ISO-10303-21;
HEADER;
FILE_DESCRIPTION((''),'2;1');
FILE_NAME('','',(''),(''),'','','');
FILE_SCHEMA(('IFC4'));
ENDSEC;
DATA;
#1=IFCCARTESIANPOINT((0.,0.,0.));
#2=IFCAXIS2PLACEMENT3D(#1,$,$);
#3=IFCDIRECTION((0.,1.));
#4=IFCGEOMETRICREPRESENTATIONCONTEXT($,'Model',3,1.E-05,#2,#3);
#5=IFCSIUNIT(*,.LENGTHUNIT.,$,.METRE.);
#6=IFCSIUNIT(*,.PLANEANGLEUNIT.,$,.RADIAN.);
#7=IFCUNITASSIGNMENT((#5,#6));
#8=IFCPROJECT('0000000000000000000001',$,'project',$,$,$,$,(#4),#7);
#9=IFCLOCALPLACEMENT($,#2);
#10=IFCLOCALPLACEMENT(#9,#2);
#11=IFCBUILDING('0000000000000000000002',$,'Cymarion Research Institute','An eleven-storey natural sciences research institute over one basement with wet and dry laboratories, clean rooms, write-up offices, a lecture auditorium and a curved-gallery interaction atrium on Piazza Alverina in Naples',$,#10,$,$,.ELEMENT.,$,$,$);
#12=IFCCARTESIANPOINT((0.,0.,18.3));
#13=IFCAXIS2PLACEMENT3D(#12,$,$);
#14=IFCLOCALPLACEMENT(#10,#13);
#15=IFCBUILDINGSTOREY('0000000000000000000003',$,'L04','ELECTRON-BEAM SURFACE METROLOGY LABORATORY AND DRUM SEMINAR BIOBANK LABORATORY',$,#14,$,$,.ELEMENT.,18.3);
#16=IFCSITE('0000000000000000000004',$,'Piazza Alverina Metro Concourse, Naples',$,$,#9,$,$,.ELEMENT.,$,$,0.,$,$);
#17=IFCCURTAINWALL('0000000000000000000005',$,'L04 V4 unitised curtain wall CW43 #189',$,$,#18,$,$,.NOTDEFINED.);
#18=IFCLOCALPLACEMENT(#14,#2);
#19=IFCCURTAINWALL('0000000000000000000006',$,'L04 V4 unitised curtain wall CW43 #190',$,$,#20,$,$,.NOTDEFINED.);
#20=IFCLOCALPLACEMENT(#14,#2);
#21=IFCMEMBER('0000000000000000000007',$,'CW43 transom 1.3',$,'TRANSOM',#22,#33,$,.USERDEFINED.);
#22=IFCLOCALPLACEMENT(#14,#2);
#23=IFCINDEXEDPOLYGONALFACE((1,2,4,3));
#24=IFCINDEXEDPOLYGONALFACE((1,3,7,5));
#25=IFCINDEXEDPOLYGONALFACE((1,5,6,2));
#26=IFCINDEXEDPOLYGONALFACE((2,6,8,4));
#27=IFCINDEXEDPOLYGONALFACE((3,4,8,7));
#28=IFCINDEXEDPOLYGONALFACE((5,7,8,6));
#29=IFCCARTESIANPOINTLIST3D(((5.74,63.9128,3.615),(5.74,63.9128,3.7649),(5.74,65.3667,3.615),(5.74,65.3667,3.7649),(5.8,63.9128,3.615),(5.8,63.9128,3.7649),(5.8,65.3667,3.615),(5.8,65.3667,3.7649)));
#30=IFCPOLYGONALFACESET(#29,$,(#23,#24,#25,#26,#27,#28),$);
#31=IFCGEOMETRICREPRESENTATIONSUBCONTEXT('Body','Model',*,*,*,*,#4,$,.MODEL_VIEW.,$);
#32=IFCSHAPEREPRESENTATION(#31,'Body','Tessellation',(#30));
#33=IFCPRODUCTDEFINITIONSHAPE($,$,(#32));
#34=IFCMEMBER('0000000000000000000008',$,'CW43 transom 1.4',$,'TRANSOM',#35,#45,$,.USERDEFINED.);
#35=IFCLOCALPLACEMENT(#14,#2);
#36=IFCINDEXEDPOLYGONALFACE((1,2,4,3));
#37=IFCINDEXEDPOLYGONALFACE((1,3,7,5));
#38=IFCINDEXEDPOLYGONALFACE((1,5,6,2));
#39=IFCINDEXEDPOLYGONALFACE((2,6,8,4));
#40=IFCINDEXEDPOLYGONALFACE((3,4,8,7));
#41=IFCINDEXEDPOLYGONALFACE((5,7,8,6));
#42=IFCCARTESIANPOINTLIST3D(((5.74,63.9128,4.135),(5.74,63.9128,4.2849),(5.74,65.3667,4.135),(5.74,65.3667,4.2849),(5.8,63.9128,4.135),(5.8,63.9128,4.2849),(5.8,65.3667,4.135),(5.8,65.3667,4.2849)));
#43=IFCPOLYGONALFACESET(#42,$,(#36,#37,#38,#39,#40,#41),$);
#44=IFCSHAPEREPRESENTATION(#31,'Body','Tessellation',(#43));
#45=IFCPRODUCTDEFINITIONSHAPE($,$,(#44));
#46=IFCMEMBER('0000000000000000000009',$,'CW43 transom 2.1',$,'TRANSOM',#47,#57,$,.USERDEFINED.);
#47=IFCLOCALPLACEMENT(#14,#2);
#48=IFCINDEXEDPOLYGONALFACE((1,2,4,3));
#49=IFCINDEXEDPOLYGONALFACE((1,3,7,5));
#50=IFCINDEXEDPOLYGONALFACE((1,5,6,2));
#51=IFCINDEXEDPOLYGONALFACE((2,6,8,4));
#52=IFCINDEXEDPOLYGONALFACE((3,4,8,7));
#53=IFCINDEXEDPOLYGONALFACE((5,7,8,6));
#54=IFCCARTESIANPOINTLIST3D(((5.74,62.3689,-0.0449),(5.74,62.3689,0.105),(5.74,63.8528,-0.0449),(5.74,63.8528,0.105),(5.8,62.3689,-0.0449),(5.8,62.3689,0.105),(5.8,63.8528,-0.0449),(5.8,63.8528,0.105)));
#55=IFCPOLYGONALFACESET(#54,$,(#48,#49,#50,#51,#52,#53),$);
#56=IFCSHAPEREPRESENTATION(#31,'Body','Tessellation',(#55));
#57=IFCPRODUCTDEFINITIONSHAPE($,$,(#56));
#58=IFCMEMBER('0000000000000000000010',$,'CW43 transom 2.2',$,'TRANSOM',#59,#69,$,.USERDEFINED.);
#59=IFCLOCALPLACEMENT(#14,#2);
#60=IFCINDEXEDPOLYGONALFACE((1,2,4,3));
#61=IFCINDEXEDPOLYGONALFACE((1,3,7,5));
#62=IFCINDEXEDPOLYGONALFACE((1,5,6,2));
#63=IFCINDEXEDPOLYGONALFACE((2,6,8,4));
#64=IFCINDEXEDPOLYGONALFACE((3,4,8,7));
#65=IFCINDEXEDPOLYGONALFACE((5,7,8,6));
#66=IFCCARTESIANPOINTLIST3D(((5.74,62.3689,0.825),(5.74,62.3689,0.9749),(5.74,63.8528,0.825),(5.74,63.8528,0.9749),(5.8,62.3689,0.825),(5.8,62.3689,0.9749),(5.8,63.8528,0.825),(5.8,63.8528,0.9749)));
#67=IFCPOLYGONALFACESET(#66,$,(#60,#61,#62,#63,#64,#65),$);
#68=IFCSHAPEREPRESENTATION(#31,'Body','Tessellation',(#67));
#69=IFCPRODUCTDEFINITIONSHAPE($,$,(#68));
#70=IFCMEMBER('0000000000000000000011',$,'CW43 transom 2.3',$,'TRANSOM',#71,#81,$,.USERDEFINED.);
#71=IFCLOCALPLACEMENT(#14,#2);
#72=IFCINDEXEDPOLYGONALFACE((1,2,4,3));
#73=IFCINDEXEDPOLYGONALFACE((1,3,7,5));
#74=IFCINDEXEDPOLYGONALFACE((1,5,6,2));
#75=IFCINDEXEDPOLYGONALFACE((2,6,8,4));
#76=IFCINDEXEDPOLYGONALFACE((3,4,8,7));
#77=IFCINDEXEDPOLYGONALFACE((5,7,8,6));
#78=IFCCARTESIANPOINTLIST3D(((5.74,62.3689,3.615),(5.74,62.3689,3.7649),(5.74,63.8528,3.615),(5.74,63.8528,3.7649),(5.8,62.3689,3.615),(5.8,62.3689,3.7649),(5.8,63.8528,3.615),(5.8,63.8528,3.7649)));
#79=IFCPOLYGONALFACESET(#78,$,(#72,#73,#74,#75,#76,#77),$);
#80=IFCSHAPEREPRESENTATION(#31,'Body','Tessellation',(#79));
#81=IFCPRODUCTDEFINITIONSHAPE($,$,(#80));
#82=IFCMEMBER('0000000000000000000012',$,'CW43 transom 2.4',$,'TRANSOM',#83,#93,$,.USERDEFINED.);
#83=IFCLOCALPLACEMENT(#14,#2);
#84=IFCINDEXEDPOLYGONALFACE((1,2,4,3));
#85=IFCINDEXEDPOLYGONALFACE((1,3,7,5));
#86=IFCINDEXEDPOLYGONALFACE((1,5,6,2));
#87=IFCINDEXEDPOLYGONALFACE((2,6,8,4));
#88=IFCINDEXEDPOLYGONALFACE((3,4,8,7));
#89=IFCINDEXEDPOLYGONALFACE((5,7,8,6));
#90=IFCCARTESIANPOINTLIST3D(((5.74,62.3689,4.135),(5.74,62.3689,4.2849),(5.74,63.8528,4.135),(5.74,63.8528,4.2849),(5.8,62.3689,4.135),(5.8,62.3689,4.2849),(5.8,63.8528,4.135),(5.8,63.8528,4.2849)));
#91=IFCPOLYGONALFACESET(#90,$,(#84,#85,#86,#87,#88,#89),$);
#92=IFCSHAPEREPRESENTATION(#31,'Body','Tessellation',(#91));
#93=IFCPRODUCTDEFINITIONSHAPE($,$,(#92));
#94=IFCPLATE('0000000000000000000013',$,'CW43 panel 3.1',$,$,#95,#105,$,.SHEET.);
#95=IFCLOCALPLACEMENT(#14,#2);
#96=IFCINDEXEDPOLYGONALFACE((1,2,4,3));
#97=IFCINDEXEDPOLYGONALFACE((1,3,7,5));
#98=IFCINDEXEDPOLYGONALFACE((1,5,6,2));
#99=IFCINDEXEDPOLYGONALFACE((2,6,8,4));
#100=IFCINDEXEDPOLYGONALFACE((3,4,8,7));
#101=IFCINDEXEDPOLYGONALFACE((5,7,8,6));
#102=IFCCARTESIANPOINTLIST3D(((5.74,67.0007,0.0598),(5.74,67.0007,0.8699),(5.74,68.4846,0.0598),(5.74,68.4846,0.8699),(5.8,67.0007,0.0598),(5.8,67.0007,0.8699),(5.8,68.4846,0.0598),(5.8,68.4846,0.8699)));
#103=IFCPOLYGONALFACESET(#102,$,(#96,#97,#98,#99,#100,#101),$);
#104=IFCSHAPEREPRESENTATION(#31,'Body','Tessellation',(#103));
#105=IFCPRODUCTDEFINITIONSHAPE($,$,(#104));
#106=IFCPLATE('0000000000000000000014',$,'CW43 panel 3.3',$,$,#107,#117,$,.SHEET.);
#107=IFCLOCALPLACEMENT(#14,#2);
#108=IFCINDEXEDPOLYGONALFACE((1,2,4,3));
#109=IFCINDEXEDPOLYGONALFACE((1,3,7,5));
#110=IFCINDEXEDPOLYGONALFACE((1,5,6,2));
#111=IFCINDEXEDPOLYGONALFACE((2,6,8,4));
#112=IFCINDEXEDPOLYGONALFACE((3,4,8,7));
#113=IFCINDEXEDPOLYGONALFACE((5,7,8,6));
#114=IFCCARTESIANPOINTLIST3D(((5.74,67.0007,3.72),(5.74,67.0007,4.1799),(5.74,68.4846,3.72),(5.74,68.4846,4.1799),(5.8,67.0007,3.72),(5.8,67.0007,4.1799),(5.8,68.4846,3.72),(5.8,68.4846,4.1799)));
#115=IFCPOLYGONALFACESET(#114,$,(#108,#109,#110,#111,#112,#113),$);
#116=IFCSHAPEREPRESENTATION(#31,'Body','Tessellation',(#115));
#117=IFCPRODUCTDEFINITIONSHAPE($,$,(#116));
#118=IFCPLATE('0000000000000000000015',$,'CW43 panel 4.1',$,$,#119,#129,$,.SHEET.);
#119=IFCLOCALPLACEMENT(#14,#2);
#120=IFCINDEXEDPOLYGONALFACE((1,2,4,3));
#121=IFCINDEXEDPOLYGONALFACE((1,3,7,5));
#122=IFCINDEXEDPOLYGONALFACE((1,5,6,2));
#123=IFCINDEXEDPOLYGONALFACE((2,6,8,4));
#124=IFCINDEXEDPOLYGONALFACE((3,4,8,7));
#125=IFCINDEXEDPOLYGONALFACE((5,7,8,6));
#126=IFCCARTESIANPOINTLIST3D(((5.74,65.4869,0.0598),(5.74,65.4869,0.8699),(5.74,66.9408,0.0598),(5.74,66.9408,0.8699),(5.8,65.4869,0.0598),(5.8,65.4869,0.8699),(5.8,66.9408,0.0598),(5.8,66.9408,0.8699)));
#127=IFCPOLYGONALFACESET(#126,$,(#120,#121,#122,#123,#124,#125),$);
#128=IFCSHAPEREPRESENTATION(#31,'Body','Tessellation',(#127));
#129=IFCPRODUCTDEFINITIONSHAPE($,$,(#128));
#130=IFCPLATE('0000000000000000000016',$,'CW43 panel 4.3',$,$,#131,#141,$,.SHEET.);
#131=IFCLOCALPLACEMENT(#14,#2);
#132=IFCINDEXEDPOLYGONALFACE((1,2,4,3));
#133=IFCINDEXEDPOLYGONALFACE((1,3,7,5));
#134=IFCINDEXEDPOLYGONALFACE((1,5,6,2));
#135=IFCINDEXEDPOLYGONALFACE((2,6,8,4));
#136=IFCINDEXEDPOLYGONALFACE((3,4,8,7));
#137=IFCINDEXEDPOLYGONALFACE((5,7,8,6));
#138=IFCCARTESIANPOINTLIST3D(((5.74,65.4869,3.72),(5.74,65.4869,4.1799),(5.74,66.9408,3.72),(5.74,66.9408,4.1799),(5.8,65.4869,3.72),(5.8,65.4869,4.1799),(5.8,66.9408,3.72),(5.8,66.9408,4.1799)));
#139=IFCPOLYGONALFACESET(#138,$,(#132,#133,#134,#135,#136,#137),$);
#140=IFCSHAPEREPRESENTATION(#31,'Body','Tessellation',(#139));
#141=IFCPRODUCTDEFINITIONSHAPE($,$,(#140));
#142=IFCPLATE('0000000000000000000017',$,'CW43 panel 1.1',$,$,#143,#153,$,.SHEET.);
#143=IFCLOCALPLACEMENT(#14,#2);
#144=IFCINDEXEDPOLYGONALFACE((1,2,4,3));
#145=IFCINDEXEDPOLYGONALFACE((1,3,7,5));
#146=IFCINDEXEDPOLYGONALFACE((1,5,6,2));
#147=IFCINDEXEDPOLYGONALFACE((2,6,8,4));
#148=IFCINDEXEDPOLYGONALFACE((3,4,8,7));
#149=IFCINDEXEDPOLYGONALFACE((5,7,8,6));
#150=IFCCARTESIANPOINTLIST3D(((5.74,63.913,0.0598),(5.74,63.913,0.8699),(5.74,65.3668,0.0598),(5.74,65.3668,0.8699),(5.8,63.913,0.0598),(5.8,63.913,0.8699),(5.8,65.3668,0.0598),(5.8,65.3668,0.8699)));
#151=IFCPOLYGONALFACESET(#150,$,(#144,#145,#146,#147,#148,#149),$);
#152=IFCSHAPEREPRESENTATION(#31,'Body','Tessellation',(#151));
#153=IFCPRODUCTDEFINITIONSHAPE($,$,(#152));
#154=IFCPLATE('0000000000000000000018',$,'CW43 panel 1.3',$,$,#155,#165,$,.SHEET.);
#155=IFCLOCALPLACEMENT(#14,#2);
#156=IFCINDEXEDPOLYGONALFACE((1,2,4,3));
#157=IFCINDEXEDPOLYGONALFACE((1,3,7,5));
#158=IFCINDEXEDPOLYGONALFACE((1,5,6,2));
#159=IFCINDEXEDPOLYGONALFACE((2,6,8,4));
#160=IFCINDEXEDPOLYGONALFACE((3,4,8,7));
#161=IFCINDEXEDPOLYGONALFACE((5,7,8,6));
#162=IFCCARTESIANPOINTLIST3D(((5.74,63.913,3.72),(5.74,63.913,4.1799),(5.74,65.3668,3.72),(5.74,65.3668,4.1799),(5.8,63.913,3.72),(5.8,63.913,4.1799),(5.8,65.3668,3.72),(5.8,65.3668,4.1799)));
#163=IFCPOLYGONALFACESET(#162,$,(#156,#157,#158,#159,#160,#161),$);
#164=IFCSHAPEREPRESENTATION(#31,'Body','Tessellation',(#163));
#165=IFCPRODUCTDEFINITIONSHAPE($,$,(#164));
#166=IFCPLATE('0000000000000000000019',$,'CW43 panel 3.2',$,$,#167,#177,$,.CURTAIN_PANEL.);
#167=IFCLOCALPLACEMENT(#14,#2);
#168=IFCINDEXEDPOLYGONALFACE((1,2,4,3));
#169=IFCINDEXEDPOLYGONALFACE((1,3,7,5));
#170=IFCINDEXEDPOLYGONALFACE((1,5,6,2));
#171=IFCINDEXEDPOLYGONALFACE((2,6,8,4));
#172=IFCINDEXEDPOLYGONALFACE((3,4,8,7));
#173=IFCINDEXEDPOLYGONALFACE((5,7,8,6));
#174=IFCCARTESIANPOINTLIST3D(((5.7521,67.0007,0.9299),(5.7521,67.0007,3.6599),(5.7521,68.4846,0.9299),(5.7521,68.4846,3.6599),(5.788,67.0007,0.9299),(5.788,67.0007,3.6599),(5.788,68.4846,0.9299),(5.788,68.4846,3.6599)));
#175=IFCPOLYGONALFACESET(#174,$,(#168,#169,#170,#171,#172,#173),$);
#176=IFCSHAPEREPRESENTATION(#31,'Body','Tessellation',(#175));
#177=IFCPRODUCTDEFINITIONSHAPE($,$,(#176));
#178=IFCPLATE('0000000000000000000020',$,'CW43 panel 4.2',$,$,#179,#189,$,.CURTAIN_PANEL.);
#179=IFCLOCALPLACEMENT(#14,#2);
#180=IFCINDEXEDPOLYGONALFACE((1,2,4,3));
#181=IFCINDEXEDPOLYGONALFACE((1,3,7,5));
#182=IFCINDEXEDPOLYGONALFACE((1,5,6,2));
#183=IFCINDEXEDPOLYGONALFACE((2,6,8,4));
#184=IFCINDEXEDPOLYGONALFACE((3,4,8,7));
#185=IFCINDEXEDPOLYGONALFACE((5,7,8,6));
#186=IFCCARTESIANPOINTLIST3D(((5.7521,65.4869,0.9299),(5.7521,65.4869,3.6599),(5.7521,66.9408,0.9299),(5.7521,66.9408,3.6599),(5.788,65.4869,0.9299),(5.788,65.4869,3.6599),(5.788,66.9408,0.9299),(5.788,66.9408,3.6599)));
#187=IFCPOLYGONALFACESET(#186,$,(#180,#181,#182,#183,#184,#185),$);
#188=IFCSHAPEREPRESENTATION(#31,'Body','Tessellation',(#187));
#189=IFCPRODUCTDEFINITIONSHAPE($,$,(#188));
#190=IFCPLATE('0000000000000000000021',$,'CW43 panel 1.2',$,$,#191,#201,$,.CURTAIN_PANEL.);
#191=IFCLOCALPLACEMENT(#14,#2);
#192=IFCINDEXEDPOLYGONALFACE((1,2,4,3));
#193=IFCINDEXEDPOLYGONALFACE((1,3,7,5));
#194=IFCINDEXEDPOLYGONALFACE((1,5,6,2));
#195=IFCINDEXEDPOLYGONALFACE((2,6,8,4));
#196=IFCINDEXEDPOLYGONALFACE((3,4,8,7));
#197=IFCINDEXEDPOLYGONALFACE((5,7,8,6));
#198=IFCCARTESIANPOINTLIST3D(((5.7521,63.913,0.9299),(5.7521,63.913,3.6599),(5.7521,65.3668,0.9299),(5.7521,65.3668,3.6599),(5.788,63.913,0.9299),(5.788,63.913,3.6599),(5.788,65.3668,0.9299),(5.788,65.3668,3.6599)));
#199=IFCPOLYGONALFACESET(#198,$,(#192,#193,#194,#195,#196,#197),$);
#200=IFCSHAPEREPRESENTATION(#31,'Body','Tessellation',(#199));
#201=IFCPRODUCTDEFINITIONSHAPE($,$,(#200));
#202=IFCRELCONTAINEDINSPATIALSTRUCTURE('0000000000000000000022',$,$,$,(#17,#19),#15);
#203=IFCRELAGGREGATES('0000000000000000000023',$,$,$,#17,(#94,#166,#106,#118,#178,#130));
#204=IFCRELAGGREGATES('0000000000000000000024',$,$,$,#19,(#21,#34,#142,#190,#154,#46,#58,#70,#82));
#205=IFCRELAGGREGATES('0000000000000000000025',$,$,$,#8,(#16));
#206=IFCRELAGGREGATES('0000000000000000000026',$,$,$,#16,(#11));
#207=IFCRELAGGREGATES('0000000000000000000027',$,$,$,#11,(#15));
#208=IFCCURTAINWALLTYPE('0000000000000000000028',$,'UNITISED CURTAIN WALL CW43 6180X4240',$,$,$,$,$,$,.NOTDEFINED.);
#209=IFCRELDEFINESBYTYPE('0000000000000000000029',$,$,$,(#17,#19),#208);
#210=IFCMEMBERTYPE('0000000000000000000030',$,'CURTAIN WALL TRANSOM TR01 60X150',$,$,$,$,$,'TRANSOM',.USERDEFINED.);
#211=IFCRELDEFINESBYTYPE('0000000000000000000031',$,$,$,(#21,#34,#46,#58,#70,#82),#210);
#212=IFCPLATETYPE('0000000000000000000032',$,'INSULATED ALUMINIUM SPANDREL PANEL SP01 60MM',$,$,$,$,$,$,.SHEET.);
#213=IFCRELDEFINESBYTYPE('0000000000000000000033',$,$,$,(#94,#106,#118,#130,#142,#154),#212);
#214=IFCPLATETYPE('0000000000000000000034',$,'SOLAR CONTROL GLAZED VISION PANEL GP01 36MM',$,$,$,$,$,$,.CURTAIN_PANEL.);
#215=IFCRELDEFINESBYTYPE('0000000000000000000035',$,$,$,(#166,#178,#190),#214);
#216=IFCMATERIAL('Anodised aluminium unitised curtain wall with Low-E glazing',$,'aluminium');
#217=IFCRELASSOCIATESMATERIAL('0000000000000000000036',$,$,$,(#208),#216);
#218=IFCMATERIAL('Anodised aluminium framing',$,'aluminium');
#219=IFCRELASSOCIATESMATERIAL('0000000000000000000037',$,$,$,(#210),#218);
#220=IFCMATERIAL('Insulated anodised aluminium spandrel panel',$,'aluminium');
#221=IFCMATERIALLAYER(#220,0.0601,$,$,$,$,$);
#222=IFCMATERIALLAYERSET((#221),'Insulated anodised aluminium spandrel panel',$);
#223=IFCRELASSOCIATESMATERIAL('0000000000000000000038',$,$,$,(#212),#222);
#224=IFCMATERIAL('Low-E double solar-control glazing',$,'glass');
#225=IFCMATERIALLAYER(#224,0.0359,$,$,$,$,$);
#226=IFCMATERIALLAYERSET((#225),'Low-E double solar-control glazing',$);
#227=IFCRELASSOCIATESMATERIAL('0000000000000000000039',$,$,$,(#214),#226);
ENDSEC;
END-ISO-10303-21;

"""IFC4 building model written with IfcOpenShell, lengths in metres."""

from ifc_helpers import new_model, si_unit, direction, frame, origin, origin_2d, place, context, subcontext, project, spatial, rectangle, extrude, material, layer, layer_set, material_profile, profile_set, type_object, element, aggregate, save


model = new_model("IFC4")

# Units and contexts
model_context = context("Model", 3, precision=1e-05, world=origin(), true_north=direction((0.0, 1.0)))
body_context = subcontext(model_context, "Body", "Model", "MODEL_VIEW")
ifc_project = project(units=[si_unit("LENGTHUNIT", "METRE"), si_unit("PLANEANGLEUNIT", "RADIAN")], contexts=[model_context])

# Site, building, storey
site_placement = place(None, origin())
site = spatial("IfcSite", under=ifc_project, at=site_placement, Name="Piazza Alverina Metro Concourse, Naples", CompositionType="ELEMENT", RefElevation=0.0)
building_placement = place(site_placement, origin())
building = spatial("IfcBuilding", under=site, at=building_placement, Name="Cymarion Research Institute", Description="An eleven-storey natural sciences research institute over one basement with wet and dry laboratories, clean rooms, write-up offices, a lecture auditorium and a curved-gallery interaction atrium on Piazza Alverina in Naples", CompositionType="ELEMENT")
storey_placement = place(building_placement, frame((0.0, 0.0, 18.3)))
storey = spatial("IfcBuildingStorey", under=building, at=storey_placement, Name="L04", Description="ELECTRON-BEAM SURFACE METROLOGY LABORATORY AND DRUM SEMINAR BIOBANK LABORATORY", CompositionType="ELEMENT", Elevation=18.3)

# Curtain walls
ifc_material_1 = material(Name="Anodised aluminium unitised curtain wall with Low-E glazing", Category="aluminium")
curtain_wall_type = type_object("IfcCurtainWallType", Name="UNITISED CURTAIN WALL CW43 6180X4240", PredefinedType="NOTDEFINED", material=ifc_material_1)
curtain_wall_1_placement = place(storey_placement, origin())
curtain_wall_1 = element("IfcCurtainWall", 1, at=curtain_wall_1_placement, inside=storey, type_object=curtain_wall_type, Name="L04 V4 unitised curtain wall CW43 #189", PredefinedType="NOTDEFINED")
ifc_material_2 = material(Name="Anodised aluminium framing", Category="aluminium")
curtain_wall_2_placement = place(storey_placement, origin())
curtain_wall_2 = element("IfcCurtainWall", 2, at=curtain_wall_2_placement, inside=storey, type_object=curtain_wall_type, Name="L04 V4 unitised curtain wall CW43 #190", PredefinedType="NOTDEFINED")

# Members
ifc_material_profile_1 = material_profile(ifc_material_2, rectangle(XDim=0.0601, YDim=0.1499, at=origin_2d()), Name="ALU TRANSOM 60x150")
ifc_profile_set_1 = profile_set([ifc_material_profile_1], Name="Anodised aluminium framing")
member_type_1 = type_object("IfcMemberType", Name="CURTAIN WALL TRANSOM TR01 60X150", ElementType="TRANSOM", PredefinedType="USERDEFINED", material=ifc_profile_set_1)
member_1_placement = place(storey_placement, frame((5.77, 65.3667, 3.6899), z_axis=(0.0, -1.0, 0.0), x_axis=(1.0, 0.0, 0.0)))
member_1 = element("IfcMember", 3, at=member_1_placement, type_object=member_type_1, Name="CW43 transom 1.3", ObjectType="TRANSOM", PredefinedType="USERDEFINED", context=body_context, shape_type="SweptSolid", body=[
    extrude(rectangle(XDim=0.0601, YDim=0.1499, at=origin_2d()), origin(), (0.0, 0.0, 1.0), 1.4539),
])
member_2_placement = place(storey_placement, frame((5.77, 65.3667, 4.21), z_axis=(0.0, -1.0, 0.0), x_axis=(1.0, 0.0, 0.0)))
member_2 = element("IfcMember", 4, at=member_2_placement, type_object=member_type_1, Name="CW43 transom 1.4", ObjectType="TRANSOM", PredefinedType="USERDEFINED", context=body_context, shape_type="SweptSolid", body=[
    extrude(rectangle(XDim=0.0601, YDim=0.1499, at=origin_2d()), origin(), (0.0, 0.0, 1.0), 1.4539),
])
member_3_placement = place(storey_placement, frame((5.77, 63.8528, 0.03), z_axis=(0.0, -1.0, 0.0), x_axis=(1.0, 0.0, 0.0)))
member_3 = element("IfcMember", 5, at=member_3_placement, type_object=member_type_1, Name="CW43 transom 2.1", ObjectType="TRANSOM", PredefinedType="USERDEFINED", context=body_context, shape_type="SweptSolid", body=[
    extrude(rectangle(XDim=0.0601, YDim=0.1499, at=origin_2d()), origin(), (0.0, 0.0, 1.0), 1.4839),
])
member_4_placement = place(storey_placement, frame((5.77, 63.8528, 0.8999), z_axis=(0.0, -1.0, 0.0), x_axis=(1.0, 0.0, 0.0)))
member_4 = element("IfcMember", 6, at=member_4_placement, type_object=member_type_1, Name="CW43 transom 2.2", ObjectType="TRANSOM", PredefinedType="USERDEFINED", context=body_context, shape_type="SweptSolid", body=[
    extrude(rectangle(XDim=0.0601, YDim=0.1499, at=origin_2d()), origin(), (0.0, 0.0, 1.0), 1.4839),
])
member_5_placement = place(storey_placement, frame((5.77, 63.8528, 3.6899), z_axis=(0.0, -1.0, 0.0), x_axis=(1.0, 0.0, 0.0)))
member_5 = element("IfcMember", 7, at=member_5_placement, type_object=member_type_1, Name="CW43 transom 2.3", ObjectType="TRANSOM", PredefinedType="USERDEFINED", context=body_context, shape_type="SweptSolid", body=[
    extrude(rectangle(XDim=0.0601, YDim=0.1499, at=origin_2d()), origin(), (0.0, 0.0, 1.0), 1.4839),
])
member_6_placement = place(storey_placement, frame((5.77, 63.8528, 4.21), z_axis=(0.0, -1.0, 0.0), x_axis=(1.0, 0.0, 0.0)))
member_6 = element("IfcMember", 8, at=member_6_placement, type_object=member_type_1, Name="CW43 transom 2.4", ObjectType="TRANSOM", PredefinedType="USERDEFINED", context=body_context, shape_type="SweptSolid", body=[
    extrude(rectangle(XDim=0.0601, YDim=0.1499, at=origin_2d()), origin(), (0.0, 0.0, 1.0), 1.4839),
])

# Plates
ifc_material_3 = material(Name="Insulated anodised aluminium spandrel panel", Category="aluminium")
ifc_layer_1 = layer(ifc_material_3, 0.0601)
ifc_layer_set_1 = layer_set([ifc_layer_1], Name="Insulated anodised aluminium spandrel panel")
plate_type_1 = type_object("IfcPlateType", Name="INSULATED ALUMINIUM SPANDREL PANEL SP01 60MM", PredefinedType="SHEET", material=ifc_layer_set_1)
plate_1_placement = place(storey_placement, frame((5.77, 67.7427, 0.0598), z_axis=(0.0, 0.0, 1.0), x_axis=(0.0, -1.0, 0.0)))
plate_1 = element("IfcPlate", 9, at=plate_1_placement, type_object=plate_type_1, Name="CW43 panel 3.1", PredefinedType="SHEET", context=body_context, shape_type="SweptSolid", body=[
    extrude(rectangle(XDim=1.4839, YDim=0.0601, at=origin_2d()), origin(), (0.0, 0.0, 1.0), 0.8101),
])
plate_2_placement = place(storey_placement, frame((5.77, 67.7427, 3.72), z_axis=(0.0, 0.0, 1.0), x_axis=(0.0, -1.0, 0.0)))
plate_2 = element("IfcPlate", 10, at=plate_2_placement, type_object=plate_type_1, Name="CW43 panel 3.3", PredefinedType="SHEET", context=body_context, shape_type="SweptSolid", body=[
    extrude(rectangle(XDim=1.4839, YDim=0.0601, at=origin_2d()), origin(), (0.0, 0.0, 1.0), 0.46),
])
plate_3_placement = place(storey_placement, frame((5.77, 66.2139, 0.0598), z_axis=(0.0, 0.0, 1.0), x_axis=(0.0, -1.0, 0.0)))
plate_3 = element("IfcPlate", 11, at=plate_3_placement, type_object=plate_type_1, Name="CW43 panel 4.1", PredefinedType="SHEET", context=body_context, shape_type="SweptSolid", body=[
    extrude(rectangle(XDim=1.4539, YDim=0.0601, at=origin_2d()), origin(), (0.0, 0.0, 1.0), 0.8101),
])
plate_4_placement = place(storey_placement, frame((5.77, 66.2139, 3.72), z_axis=(0.0, 0.0, 1.0), x_axis=(0.0, -1.0, 0.0)))
plate_4 = element("IfcPlate", 12, at=plate_4_placement, type_object=plate_type_1, Name="CW43 panel 4.3", PredefinedType="SHEET", context=body_context, shape_type="SweptSolid", body=[
    extrude(rectangle(XDim=1.4539, YDim=0.0601, at=origin_2d()), origin(), (0.0, 0.0, 1.0), 0.46),
])
plate_5_placement = place(storey_placement, frame((5.77, 64.6399, 0.0598), z_axis=(0.0, 0.0, 1.0), x_axis=(0.0, -1.0, 0.0)))
plate_5 = element("IfcPlate", 13, at=plate_5_placement, type_object=plate_type_1, Name="CW43 panel 1.1", PredefinedType="SHEET", context=body_context, shape_type="SweptSolid", body=[
    extrude(rectangle(XDim=1.4539, YDim=0.0601, at=origin_2d()), origin(), (0.0, 0.0, 1.0), 0.8101),
])
plate_6_placement = place(storey_placement, frame((5.77, 64.6399, 3.72), z_axis=(0.0, 0.0, 1.0), x_axis=(0.0, -1.0, 0.0)))
plate_6 = element("IfcPlate", 14, at=plate_6_placement, type_object=plate_type_1, Name="CW43 panel 1.3", PredefinedType="SHEET", context=body_context, shape_type="SweptSolid", body=[
    extrude(rectangle(XDim=1.4539, YDim=0.0601, at=origin_2d()), origin(), (0.0, 0.0, 1.0), 0.46),
])
ifc_material_4 = material(Name="Low-E double solar-control glazing", Category="glass")
ifc_layer_2 = layer(ifc_material_4, 0.0359)
ifc_layer_set_2 = layer_set([ifc_layer_2], Name="Low-E double solar-control glazing")
plate_type_2 = type_object("IfcPlateType", Name="SOLAR CONTROL GLAZED VISION PANEL GP01 36MM", PredefinedType="CURTAIN_PANEL", material=ifc_layer_set_2)
plate_7_placement = place(storey_placement, frame((5.77, 67.7427, 0.9299), z_axis=(0.0, 0.0, 1.0), x_axis=(0.0, -1.0, 0.0)))
plate_7 = element("IfcPlate", 15, at=plate_7_placement, type_object=plate_type_2, Name="CW43 panel 3.2", PredefinedType="CURTAIN_PANEL", context=body_context, shape_type="SweptSolid", body=[
    extrude(rectangle(XDim=1.4839, YDim=0.0359, at=origin_2d()), origin(), (0.0, 0.0, 1.0), 2.73),
])
plate_8_placement = place(storey_placement, frame((5.77, 66.2139, 0.9299), z_axis=(0.0, 0.0, 1.0), x_axis=(0.0, -1.0, 0.0)))
plate_8 = element("IfcPlate", 16, at=plate_8_placement, type_object=plate_type_2, Name="CW43 panel 4.2", PredefinedType="CURTAIN_PANEL", context=body_context, shape_type="SweptSolid", body=[
    extrude(rectangle(XDim=1.4539, YDim=0.0359, at=origin_2d()), origin(), (0.0, 0.0, 1.0), 2.73),
])
aggregate(curtain_wall_1, [plate_1, plate_7, plate_2, plate_3, plate_8, plate_4])
plate_9_placement = place(storey_placement, frame((5.77, 64.6399, 0.9299), z_axis=(0.0, 0.0, 1.0), x_axis=(0.0, -1.0, 0.0)))
plate_9 = element("IfcPlate", 17, at=plate_9_placement, type_object=plate_type_2, Name="CW43 panel 1.2", PredefinedType="CURTAIN_PANEL", context=body_context, shape_type="SweptSolid", body=[
    extrude(rectangle(XDim=1.4539, YDim=0.0359, at=origin_2d()), origin(), (0.0, 0.0, 1.0), 2.73),
])
aggregate(curtain_wall_2, [member_1, member_2, plate_5, plate_9, plate_6, member_3, member_4, member_5, member_6])

save(model, "model.ifc")
